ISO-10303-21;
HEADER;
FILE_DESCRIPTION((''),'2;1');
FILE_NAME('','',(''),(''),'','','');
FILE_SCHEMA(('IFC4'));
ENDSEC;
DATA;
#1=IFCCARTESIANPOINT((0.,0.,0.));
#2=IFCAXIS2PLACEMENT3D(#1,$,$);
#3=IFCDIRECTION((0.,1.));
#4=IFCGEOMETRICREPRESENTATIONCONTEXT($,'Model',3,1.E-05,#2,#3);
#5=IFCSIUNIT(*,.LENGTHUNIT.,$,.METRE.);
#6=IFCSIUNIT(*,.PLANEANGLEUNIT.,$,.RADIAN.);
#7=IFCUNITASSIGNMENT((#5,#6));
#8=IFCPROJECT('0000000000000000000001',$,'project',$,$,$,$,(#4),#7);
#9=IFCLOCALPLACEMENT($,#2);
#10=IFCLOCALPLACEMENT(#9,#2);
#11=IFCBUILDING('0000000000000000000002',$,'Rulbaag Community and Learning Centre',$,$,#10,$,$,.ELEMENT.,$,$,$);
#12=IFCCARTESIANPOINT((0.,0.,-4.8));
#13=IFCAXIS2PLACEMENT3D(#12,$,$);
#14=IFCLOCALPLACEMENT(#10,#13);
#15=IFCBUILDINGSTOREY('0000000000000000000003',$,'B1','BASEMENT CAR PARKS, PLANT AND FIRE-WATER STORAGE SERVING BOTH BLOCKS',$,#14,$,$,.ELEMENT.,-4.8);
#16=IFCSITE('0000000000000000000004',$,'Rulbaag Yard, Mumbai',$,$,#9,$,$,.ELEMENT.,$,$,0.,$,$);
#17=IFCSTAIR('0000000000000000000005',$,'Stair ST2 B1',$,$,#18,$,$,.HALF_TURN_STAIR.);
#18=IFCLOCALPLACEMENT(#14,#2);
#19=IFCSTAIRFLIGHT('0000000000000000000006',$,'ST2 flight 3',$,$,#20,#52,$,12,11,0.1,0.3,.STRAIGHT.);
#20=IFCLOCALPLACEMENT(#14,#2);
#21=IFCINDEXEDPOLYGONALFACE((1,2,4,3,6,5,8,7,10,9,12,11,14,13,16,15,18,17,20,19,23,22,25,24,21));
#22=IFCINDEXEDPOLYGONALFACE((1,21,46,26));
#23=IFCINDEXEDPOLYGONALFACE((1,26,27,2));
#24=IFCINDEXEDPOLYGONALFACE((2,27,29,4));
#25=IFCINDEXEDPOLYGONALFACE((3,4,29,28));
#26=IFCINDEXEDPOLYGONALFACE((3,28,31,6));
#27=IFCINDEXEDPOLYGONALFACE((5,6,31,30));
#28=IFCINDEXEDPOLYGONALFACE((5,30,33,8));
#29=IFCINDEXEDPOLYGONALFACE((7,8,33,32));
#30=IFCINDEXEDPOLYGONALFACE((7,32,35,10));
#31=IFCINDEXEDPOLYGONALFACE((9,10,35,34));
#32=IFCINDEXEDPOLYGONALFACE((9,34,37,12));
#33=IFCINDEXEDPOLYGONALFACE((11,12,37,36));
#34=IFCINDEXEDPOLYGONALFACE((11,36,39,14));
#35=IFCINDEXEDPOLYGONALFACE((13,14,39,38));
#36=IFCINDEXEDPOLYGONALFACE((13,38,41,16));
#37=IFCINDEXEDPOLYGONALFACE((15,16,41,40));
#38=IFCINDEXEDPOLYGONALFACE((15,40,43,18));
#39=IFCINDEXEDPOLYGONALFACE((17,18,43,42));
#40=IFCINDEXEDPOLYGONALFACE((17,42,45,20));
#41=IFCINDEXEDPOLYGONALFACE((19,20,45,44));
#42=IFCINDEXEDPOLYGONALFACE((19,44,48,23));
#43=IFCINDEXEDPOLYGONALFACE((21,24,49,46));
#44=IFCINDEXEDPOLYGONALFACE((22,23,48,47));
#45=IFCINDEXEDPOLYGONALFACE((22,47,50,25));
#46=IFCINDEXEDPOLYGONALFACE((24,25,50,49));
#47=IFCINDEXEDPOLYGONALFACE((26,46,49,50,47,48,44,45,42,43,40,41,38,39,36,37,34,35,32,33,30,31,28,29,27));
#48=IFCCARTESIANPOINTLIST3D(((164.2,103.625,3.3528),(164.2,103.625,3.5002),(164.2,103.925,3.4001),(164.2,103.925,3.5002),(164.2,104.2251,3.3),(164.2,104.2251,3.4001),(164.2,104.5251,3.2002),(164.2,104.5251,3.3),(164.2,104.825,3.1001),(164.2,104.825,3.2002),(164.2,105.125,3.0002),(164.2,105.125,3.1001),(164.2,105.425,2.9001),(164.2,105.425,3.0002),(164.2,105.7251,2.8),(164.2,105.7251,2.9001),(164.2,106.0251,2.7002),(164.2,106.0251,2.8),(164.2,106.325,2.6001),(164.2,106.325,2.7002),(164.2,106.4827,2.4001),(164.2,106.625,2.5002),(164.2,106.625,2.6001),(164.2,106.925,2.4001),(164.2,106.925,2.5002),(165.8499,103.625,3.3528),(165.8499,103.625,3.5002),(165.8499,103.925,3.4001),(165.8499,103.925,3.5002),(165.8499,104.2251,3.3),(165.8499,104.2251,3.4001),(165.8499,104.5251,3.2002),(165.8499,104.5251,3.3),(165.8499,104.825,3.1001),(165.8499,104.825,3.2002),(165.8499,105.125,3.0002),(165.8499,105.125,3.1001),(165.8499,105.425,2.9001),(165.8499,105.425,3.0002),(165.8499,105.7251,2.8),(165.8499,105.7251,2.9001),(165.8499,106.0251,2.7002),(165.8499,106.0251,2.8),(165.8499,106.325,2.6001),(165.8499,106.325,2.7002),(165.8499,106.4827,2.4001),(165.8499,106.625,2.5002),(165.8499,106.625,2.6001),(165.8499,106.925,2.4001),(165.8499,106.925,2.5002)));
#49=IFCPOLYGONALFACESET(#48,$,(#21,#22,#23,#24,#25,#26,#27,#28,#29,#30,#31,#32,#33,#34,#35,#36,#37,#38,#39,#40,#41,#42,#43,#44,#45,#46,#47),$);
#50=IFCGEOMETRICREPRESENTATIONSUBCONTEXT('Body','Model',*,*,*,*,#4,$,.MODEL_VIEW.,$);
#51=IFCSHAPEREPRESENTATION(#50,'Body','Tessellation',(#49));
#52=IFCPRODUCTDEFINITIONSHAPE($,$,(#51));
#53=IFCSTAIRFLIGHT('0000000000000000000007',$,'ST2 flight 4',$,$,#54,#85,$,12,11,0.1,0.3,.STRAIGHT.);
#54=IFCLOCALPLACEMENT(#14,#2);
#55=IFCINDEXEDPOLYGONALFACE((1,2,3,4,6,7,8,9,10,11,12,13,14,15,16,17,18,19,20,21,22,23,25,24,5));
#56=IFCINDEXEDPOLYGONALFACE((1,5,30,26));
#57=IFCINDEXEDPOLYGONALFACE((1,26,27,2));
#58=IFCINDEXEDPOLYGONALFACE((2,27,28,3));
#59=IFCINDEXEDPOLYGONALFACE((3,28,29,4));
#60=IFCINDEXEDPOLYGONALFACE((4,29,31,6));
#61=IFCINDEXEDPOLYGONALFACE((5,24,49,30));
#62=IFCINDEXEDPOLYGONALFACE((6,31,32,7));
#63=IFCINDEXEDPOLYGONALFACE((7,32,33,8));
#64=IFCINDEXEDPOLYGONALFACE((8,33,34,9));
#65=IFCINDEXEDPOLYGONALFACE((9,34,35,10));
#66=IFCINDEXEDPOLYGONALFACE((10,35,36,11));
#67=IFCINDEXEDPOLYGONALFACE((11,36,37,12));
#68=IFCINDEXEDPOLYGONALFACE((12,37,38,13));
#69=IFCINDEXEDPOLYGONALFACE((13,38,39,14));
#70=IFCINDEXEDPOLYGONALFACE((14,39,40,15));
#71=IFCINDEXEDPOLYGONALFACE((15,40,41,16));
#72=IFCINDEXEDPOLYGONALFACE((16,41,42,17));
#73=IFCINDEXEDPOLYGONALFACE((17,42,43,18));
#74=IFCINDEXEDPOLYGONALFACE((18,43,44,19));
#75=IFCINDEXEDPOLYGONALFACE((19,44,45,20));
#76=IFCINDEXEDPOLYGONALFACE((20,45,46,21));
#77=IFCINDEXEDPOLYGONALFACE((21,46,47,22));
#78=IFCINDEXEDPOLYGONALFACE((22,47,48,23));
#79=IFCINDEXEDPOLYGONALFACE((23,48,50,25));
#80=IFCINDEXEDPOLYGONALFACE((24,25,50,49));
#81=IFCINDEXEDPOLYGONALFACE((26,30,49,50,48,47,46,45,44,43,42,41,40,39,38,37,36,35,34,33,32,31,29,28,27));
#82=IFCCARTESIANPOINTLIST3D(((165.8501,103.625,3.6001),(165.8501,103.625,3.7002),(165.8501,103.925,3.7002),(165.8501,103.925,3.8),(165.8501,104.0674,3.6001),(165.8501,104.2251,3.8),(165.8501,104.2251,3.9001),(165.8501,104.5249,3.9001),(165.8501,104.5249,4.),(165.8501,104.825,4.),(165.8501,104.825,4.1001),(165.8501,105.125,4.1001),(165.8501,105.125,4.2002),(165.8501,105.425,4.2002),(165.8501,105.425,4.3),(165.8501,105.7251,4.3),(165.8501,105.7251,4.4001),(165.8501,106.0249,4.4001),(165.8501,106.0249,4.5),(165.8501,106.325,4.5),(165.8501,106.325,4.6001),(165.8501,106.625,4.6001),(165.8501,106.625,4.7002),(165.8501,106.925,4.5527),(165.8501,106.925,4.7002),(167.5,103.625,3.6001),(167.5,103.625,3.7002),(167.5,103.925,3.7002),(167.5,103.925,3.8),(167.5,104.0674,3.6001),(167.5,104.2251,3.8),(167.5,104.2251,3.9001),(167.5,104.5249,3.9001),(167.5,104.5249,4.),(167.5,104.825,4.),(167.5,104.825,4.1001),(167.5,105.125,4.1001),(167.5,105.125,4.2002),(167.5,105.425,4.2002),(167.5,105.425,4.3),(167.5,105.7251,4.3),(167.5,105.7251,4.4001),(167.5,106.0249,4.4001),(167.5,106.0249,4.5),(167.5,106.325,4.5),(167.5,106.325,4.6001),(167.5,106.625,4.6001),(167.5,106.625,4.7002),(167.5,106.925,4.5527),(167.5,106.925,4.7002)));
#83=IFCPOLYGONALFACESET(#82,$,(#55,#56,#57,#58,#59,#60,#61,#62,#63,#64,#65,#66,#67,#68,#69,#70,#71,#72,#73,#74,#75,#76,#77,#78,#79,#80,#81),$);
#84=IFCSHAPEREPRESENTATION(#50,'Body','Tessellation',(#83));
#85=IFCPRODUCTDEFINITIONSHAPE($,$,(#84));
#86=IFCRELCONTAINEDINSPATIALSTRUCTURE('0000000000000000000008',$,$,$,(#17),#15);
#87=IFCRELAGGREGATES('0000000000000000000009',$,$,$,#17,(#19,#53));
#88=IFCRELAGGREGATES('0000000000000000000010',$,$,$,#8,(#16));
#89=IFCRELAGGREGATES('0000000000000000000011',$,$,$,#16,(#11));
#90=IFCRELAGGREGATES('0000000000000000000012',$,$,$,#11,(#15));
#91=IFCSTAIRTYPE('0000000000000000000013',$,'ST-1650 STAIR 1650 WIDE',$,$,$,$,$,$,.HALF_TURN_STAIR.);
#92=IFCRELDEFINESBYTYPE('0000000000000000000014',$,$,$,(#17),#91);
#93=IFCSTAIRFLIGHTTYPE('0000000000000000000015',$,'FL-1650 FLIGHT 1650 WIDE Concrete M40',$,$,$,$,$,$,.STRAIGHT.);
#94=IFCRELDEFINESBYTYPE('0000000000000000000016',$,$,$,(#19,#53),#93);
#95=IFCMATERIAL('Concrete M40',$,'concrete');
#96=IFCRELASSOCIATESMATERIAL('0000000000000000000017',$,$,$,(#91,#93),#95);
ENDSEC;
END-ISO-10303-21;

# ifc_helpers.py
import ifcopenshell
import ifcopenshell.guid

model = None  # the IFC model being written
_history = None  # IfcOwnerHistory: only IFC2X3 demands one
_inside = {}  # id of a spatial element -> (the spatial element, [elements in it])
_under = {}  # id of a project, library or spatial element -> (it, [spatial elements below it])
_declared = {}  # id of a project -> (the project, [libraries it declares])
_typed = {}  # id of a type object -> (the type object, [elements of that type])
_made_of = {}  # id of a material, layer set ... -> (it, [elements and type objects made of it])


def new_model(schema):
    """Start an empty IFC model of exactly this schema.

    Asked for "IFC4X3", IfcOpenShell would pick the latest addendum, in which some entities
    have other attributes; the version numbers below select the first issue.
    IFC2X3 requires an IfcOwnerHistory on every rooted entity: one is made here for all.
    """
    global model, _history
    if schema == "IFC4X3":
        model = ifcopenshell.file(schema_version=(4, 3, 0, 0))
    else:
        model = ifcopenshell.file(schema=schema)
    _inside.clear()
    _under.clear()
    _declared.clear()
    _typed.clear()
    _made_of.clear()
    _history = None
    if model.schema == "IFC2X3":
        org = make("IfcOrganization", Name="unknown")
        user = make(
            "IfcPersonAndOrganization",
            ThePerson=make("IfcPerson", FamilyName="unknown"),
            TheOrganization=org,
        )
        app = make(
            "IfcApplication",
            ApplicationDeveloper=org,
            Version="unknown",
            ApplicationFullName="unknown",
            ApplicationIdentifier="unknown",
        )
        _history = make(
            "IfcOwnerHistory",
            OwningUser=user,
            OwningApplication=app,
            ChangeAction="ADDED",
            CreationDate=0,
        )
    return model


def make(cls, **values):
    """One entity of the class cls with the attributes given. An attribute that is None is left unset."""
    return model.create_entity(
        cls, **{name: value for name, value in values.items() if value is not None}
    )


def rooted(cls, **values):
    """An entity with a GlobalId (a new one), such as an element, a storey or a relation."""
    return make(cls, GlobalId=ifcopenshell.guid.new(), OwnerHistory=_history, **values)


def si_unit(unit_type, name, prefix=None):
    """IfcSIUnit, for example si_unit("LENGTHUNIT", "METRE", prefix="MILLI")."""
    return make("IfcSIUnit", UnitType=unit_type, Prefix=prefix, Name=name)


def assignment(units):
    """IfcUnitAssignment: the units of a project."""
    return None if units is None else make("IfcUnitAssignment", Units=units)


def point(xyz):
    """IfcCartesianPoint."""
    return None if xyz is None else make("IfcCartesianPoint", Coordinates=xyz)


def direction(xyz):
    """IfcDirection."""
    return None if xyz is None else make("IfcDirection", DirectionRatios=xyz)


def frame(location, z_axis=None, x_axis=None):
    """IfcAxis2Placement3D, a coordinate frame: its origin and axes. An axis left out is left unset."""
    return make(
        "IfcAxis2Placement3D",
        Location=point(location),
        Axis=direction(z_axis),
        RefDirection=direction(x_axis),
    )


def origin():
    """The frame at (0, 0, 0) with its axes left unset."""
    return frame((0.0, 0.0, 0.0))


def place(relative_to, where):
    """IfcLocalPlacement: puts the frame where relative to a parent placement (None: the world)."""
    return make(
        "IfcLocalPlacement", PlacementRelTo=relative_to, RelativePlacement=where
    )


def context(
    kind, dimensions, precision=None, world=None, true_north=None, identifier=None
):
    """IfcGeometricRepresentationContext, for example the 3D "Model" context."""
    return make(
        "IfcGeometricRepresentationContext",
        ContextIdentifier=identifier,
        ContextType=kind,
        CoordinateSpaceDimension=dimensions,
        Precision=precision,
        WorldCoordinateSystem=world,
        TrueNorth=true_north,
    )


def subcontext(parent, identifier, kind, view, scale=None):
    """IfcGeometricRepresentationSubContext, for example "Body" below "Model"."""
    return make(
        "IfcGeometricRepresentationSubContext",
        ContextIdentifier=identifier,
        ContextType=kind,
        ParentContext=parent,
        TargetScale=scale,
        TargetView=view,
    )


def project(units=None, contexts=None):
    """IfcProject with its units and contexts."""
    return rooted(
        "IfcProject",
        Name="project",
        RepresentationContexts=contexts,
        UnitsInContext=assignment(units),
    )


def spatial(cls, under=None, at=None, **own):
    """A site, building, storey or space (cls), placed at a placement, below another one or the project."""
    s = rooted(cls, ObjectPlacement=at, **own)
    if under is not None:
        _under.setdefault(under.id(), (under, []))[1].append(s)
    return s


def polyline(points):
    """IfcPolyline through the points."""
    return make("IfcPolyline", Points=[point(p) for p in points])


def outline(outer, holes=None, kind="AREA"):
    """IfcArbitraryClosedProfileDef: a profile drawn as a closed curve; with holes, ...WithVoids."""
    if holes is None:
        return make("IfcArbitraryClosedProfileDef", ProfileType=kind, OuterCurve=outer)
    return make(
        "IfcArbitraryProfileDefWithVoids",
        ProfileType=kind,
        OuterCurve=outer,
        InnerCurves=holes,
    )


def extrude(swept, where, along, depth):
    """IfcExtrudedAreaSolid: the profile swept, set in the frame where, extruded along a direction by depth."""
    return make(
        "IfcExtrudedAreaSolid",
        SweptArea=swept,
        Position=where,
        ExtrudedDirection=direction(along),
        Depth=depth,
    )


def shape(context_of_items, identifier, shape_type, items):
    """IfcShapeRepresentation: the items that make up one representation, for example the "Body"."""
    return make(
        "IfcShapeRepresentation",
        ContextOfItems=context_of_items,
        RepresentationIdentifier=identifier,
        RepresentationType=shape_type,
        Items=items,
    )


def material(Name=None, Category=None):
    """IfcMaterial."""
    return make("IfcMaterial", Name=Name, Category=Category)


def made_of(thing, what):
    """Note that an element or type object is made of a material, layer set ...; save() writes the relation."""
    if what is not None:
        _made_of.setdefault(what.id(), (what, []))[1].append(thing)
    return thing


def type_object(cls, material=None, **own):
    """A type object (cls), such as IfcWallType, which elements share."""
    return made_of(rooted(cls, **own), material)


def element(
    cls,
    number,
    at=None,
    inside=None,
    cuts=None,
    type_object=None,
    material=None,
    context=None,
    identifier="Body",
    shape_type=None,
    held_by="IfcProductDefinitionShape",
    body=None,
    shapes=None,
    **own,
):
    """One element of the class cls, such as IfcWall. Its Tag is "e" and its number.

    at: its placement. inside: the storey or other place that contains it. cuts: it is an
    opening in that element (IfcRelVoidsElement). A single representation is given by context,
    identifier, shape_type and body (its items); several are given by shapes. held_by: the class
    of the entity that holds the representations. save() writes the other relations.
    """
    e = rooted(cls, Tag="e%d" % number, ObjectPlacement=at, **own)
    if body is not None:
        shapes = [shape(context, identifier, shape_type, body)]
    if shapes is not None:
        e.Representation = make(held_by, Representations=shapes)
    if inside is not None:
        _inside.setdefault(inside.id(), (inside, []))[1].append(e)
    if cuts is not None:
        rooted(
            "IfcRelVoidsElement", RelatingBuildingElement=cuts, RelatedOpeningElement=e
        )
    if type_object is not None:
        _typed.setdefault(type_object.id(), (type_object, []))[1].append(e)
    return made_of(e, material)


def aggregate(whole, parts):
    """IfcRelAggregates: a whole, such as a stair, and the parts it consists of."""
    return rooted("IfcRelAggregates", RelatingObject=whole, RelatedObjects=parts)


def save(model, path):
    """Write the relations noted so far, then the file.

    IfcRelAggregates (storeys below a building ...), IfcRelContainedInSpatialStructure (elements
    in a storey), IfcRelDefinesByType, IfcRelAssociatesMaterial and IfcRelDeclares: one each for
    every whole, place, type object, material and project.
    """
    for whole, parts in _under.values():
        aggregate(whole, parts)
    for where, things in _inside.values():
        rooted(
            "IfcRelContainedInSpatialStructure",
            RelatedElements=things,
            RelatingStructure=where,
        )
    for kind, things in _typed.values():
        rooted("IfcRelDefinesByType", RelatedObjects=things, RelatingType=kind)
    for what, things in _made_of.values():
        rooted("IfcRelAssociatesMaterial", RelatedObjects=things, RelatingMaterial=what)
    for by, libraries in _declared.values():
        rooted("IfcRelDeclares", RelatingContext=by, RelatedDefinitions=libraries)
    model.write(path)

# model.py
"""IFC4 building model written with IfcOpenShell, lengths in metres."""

from ifc_helpers import new_model, si_unit, direction, frame, origin, place, context, subcontext, project, spatial, polyline, outline, extrude, material, type_object, element, aggregate, save


model = new_model("IFC4")

# Units and contexts
model_context = context("Model", 3, precision=1e-05, world=origin(), true_north=direction((0.0, 1.0)))
body_context = subcontext(model_context, "Body", "Model", "MODEL_VIEW")
ifc_project = project(units=[si_unit("LENGTHUNIT", "METRE"), si_unit("PLANEANGLEUNIT", "RADIAN")], contexts=[model_context])

# Site, building, storey
site_placement = place(None, origin())
site = spatial("IfcSite", under=ifc_project, at=site_placement, Name="Rulbaag Yard, Mumbai", CompositionType="ELEMENT", RefElevation=0.0)
building_placement = place(site_placement, origin())
building = spatial("IfcBuilding", under=site, at=building_placement, Name="Rulbaag Community and Learning Centre", CompositionType="ELEMENT")
storey_placement = place(building_placement, frame((0.0, 0.0, -4.8)))
storey = spatial("IfcBuildingStorey", under=building, at=storey_placement, Name="B1", Description="BASEMENT CAR PARKS, PLANT AND FIRE-WATER STORAGE SERVING BOTH BLOCKS", CompositionType="ELEMENT", Elevation=-4.8)

# Shared definitions
ifc_material_1 = material(Name="Concrete M40", Category="concrete")

# Stair, stair flights
stair_type = type_object("IfcStairType", Name="ST-1650 STAIR 1650 WIDE", PredefinedType="HALF_TURN_STAIR", material=ifc_material_1)
stair_placement = place(storey_placement, origin())
stair = element("IfcStair", 1, at=stair_placement, inside=storey, type_object=stair_type, Name="Stair ST2 B1", PredefinedType="HALF_TURN_STAIR")
stair_flight_type = type_object("IfcStairFlightType", Name="FL-1650 FLIGHT 1650 WIDE Concrete M40", PredefinedType="STRAIGHT", material=ifc_material_1)
stair_flight_1_placement = place(storey_placement, frame((165.0249, 106.925, 2.4001), z_axis=(0.0, 0.0, 1.0), x_axis=(0.0, -1.0, 0.0)))
stair_flight_1 = element("IfcStairFlight", 2, at=stair_flight_1_placement, type_object=stair_flight_type, Name="ST2 flight 3", NumberOfRisers=12, NumberOfTreads=11, PredefinedType="STRAIGHT", RiserHeight=0.1, TreadLength=0.3, context=body_context, shape_type="SweptSolid", body=[
    extrude(outline(polyline([(0.0, 0.0), (0.0, 0.1001), (0.3, 0.1001), (0.3, 0.2), (0.6001, 0.2), (0.6001, 0.3), (0.8999, 0.3), (0.8999, 0.3999), (1.2, 0.3999), (1.2, 0.5), (1.5, 0.5), (1.5, 0.6001), (1.8, 0.6001), (1.8, 0.7), (2.1001, 0.7), (2.1001, 0.8), (2.3999, 0.8), (2.3999, 0.8999), (2.7, 0.8999), (2.7, 1.0), (3.0, 1.0), (3.0, 1.1001), (3.3, 1.1001), (3.3, 0.9526), (0.4424, 0.0), (0.0, 0.0)])), frame((0.0, 0.825, 0.0), z_axis=(0.0, -1.0, 0.0), x_axis=(1.0, 0.0, 0.0)), (0.0, 0.0, 1.0), 1.6499),
])
stair_flight_2_placement = place(storey_placement, frame((166.675, 103.625, 3.6001), z_axis=(0.0, 0.0, 1.0), x_axis=(0.0, 1.0, 0.0)))
stair_flight_2 = element("IfcStairFlight", 3, at=stair_flight_2_placement, type_object=stair_flight_type, Name="ST2 flight 4", NumberOfRisers=12, NumberOfTreads=11, PredefinedType="STRAIGHT", RiserHeight=0.1, TreadLength=0.3, context=body_context, shape_type="SweptSolid", body=[
    extrude(outline(polyline([(0.0, 0.0), (0.0, 0.1001), (0.3, 0.1001), (0.3, 0.2), (0.6001, 0.2), (0.6001, 0.3), (0.8999, 0.3), (0.8999, 0.3999), (1.2, 0.3999), (1.2, 0.5), (1.5, 0.5), (1.5, 0.6001), (1.8, 0.6001), (1.8, 0.7), (2.1001, 0.7), (2.1001, 0.8), (2.3999, 0.8), (2.3999, 0.8999), (2.7, 0.8999), (2.7, 1.0), (3.0, 1.0), (3.0, 1.1001), (3.3, 1.1001), (3.3, 0.9526), (0.4424, 0.0), (0.0, 0.0)])), frame((0.0, 0.825, 0.0), z_axis=(0.0, -1.0, 0.0), x_axis=(1.0, 0.0, 0.0)), (0.0, 0.0, 1.0), 1.6499),
])
aggregate(stair, [stair_flight_1, stair_flight_2])

save(model, "model.ifc")
